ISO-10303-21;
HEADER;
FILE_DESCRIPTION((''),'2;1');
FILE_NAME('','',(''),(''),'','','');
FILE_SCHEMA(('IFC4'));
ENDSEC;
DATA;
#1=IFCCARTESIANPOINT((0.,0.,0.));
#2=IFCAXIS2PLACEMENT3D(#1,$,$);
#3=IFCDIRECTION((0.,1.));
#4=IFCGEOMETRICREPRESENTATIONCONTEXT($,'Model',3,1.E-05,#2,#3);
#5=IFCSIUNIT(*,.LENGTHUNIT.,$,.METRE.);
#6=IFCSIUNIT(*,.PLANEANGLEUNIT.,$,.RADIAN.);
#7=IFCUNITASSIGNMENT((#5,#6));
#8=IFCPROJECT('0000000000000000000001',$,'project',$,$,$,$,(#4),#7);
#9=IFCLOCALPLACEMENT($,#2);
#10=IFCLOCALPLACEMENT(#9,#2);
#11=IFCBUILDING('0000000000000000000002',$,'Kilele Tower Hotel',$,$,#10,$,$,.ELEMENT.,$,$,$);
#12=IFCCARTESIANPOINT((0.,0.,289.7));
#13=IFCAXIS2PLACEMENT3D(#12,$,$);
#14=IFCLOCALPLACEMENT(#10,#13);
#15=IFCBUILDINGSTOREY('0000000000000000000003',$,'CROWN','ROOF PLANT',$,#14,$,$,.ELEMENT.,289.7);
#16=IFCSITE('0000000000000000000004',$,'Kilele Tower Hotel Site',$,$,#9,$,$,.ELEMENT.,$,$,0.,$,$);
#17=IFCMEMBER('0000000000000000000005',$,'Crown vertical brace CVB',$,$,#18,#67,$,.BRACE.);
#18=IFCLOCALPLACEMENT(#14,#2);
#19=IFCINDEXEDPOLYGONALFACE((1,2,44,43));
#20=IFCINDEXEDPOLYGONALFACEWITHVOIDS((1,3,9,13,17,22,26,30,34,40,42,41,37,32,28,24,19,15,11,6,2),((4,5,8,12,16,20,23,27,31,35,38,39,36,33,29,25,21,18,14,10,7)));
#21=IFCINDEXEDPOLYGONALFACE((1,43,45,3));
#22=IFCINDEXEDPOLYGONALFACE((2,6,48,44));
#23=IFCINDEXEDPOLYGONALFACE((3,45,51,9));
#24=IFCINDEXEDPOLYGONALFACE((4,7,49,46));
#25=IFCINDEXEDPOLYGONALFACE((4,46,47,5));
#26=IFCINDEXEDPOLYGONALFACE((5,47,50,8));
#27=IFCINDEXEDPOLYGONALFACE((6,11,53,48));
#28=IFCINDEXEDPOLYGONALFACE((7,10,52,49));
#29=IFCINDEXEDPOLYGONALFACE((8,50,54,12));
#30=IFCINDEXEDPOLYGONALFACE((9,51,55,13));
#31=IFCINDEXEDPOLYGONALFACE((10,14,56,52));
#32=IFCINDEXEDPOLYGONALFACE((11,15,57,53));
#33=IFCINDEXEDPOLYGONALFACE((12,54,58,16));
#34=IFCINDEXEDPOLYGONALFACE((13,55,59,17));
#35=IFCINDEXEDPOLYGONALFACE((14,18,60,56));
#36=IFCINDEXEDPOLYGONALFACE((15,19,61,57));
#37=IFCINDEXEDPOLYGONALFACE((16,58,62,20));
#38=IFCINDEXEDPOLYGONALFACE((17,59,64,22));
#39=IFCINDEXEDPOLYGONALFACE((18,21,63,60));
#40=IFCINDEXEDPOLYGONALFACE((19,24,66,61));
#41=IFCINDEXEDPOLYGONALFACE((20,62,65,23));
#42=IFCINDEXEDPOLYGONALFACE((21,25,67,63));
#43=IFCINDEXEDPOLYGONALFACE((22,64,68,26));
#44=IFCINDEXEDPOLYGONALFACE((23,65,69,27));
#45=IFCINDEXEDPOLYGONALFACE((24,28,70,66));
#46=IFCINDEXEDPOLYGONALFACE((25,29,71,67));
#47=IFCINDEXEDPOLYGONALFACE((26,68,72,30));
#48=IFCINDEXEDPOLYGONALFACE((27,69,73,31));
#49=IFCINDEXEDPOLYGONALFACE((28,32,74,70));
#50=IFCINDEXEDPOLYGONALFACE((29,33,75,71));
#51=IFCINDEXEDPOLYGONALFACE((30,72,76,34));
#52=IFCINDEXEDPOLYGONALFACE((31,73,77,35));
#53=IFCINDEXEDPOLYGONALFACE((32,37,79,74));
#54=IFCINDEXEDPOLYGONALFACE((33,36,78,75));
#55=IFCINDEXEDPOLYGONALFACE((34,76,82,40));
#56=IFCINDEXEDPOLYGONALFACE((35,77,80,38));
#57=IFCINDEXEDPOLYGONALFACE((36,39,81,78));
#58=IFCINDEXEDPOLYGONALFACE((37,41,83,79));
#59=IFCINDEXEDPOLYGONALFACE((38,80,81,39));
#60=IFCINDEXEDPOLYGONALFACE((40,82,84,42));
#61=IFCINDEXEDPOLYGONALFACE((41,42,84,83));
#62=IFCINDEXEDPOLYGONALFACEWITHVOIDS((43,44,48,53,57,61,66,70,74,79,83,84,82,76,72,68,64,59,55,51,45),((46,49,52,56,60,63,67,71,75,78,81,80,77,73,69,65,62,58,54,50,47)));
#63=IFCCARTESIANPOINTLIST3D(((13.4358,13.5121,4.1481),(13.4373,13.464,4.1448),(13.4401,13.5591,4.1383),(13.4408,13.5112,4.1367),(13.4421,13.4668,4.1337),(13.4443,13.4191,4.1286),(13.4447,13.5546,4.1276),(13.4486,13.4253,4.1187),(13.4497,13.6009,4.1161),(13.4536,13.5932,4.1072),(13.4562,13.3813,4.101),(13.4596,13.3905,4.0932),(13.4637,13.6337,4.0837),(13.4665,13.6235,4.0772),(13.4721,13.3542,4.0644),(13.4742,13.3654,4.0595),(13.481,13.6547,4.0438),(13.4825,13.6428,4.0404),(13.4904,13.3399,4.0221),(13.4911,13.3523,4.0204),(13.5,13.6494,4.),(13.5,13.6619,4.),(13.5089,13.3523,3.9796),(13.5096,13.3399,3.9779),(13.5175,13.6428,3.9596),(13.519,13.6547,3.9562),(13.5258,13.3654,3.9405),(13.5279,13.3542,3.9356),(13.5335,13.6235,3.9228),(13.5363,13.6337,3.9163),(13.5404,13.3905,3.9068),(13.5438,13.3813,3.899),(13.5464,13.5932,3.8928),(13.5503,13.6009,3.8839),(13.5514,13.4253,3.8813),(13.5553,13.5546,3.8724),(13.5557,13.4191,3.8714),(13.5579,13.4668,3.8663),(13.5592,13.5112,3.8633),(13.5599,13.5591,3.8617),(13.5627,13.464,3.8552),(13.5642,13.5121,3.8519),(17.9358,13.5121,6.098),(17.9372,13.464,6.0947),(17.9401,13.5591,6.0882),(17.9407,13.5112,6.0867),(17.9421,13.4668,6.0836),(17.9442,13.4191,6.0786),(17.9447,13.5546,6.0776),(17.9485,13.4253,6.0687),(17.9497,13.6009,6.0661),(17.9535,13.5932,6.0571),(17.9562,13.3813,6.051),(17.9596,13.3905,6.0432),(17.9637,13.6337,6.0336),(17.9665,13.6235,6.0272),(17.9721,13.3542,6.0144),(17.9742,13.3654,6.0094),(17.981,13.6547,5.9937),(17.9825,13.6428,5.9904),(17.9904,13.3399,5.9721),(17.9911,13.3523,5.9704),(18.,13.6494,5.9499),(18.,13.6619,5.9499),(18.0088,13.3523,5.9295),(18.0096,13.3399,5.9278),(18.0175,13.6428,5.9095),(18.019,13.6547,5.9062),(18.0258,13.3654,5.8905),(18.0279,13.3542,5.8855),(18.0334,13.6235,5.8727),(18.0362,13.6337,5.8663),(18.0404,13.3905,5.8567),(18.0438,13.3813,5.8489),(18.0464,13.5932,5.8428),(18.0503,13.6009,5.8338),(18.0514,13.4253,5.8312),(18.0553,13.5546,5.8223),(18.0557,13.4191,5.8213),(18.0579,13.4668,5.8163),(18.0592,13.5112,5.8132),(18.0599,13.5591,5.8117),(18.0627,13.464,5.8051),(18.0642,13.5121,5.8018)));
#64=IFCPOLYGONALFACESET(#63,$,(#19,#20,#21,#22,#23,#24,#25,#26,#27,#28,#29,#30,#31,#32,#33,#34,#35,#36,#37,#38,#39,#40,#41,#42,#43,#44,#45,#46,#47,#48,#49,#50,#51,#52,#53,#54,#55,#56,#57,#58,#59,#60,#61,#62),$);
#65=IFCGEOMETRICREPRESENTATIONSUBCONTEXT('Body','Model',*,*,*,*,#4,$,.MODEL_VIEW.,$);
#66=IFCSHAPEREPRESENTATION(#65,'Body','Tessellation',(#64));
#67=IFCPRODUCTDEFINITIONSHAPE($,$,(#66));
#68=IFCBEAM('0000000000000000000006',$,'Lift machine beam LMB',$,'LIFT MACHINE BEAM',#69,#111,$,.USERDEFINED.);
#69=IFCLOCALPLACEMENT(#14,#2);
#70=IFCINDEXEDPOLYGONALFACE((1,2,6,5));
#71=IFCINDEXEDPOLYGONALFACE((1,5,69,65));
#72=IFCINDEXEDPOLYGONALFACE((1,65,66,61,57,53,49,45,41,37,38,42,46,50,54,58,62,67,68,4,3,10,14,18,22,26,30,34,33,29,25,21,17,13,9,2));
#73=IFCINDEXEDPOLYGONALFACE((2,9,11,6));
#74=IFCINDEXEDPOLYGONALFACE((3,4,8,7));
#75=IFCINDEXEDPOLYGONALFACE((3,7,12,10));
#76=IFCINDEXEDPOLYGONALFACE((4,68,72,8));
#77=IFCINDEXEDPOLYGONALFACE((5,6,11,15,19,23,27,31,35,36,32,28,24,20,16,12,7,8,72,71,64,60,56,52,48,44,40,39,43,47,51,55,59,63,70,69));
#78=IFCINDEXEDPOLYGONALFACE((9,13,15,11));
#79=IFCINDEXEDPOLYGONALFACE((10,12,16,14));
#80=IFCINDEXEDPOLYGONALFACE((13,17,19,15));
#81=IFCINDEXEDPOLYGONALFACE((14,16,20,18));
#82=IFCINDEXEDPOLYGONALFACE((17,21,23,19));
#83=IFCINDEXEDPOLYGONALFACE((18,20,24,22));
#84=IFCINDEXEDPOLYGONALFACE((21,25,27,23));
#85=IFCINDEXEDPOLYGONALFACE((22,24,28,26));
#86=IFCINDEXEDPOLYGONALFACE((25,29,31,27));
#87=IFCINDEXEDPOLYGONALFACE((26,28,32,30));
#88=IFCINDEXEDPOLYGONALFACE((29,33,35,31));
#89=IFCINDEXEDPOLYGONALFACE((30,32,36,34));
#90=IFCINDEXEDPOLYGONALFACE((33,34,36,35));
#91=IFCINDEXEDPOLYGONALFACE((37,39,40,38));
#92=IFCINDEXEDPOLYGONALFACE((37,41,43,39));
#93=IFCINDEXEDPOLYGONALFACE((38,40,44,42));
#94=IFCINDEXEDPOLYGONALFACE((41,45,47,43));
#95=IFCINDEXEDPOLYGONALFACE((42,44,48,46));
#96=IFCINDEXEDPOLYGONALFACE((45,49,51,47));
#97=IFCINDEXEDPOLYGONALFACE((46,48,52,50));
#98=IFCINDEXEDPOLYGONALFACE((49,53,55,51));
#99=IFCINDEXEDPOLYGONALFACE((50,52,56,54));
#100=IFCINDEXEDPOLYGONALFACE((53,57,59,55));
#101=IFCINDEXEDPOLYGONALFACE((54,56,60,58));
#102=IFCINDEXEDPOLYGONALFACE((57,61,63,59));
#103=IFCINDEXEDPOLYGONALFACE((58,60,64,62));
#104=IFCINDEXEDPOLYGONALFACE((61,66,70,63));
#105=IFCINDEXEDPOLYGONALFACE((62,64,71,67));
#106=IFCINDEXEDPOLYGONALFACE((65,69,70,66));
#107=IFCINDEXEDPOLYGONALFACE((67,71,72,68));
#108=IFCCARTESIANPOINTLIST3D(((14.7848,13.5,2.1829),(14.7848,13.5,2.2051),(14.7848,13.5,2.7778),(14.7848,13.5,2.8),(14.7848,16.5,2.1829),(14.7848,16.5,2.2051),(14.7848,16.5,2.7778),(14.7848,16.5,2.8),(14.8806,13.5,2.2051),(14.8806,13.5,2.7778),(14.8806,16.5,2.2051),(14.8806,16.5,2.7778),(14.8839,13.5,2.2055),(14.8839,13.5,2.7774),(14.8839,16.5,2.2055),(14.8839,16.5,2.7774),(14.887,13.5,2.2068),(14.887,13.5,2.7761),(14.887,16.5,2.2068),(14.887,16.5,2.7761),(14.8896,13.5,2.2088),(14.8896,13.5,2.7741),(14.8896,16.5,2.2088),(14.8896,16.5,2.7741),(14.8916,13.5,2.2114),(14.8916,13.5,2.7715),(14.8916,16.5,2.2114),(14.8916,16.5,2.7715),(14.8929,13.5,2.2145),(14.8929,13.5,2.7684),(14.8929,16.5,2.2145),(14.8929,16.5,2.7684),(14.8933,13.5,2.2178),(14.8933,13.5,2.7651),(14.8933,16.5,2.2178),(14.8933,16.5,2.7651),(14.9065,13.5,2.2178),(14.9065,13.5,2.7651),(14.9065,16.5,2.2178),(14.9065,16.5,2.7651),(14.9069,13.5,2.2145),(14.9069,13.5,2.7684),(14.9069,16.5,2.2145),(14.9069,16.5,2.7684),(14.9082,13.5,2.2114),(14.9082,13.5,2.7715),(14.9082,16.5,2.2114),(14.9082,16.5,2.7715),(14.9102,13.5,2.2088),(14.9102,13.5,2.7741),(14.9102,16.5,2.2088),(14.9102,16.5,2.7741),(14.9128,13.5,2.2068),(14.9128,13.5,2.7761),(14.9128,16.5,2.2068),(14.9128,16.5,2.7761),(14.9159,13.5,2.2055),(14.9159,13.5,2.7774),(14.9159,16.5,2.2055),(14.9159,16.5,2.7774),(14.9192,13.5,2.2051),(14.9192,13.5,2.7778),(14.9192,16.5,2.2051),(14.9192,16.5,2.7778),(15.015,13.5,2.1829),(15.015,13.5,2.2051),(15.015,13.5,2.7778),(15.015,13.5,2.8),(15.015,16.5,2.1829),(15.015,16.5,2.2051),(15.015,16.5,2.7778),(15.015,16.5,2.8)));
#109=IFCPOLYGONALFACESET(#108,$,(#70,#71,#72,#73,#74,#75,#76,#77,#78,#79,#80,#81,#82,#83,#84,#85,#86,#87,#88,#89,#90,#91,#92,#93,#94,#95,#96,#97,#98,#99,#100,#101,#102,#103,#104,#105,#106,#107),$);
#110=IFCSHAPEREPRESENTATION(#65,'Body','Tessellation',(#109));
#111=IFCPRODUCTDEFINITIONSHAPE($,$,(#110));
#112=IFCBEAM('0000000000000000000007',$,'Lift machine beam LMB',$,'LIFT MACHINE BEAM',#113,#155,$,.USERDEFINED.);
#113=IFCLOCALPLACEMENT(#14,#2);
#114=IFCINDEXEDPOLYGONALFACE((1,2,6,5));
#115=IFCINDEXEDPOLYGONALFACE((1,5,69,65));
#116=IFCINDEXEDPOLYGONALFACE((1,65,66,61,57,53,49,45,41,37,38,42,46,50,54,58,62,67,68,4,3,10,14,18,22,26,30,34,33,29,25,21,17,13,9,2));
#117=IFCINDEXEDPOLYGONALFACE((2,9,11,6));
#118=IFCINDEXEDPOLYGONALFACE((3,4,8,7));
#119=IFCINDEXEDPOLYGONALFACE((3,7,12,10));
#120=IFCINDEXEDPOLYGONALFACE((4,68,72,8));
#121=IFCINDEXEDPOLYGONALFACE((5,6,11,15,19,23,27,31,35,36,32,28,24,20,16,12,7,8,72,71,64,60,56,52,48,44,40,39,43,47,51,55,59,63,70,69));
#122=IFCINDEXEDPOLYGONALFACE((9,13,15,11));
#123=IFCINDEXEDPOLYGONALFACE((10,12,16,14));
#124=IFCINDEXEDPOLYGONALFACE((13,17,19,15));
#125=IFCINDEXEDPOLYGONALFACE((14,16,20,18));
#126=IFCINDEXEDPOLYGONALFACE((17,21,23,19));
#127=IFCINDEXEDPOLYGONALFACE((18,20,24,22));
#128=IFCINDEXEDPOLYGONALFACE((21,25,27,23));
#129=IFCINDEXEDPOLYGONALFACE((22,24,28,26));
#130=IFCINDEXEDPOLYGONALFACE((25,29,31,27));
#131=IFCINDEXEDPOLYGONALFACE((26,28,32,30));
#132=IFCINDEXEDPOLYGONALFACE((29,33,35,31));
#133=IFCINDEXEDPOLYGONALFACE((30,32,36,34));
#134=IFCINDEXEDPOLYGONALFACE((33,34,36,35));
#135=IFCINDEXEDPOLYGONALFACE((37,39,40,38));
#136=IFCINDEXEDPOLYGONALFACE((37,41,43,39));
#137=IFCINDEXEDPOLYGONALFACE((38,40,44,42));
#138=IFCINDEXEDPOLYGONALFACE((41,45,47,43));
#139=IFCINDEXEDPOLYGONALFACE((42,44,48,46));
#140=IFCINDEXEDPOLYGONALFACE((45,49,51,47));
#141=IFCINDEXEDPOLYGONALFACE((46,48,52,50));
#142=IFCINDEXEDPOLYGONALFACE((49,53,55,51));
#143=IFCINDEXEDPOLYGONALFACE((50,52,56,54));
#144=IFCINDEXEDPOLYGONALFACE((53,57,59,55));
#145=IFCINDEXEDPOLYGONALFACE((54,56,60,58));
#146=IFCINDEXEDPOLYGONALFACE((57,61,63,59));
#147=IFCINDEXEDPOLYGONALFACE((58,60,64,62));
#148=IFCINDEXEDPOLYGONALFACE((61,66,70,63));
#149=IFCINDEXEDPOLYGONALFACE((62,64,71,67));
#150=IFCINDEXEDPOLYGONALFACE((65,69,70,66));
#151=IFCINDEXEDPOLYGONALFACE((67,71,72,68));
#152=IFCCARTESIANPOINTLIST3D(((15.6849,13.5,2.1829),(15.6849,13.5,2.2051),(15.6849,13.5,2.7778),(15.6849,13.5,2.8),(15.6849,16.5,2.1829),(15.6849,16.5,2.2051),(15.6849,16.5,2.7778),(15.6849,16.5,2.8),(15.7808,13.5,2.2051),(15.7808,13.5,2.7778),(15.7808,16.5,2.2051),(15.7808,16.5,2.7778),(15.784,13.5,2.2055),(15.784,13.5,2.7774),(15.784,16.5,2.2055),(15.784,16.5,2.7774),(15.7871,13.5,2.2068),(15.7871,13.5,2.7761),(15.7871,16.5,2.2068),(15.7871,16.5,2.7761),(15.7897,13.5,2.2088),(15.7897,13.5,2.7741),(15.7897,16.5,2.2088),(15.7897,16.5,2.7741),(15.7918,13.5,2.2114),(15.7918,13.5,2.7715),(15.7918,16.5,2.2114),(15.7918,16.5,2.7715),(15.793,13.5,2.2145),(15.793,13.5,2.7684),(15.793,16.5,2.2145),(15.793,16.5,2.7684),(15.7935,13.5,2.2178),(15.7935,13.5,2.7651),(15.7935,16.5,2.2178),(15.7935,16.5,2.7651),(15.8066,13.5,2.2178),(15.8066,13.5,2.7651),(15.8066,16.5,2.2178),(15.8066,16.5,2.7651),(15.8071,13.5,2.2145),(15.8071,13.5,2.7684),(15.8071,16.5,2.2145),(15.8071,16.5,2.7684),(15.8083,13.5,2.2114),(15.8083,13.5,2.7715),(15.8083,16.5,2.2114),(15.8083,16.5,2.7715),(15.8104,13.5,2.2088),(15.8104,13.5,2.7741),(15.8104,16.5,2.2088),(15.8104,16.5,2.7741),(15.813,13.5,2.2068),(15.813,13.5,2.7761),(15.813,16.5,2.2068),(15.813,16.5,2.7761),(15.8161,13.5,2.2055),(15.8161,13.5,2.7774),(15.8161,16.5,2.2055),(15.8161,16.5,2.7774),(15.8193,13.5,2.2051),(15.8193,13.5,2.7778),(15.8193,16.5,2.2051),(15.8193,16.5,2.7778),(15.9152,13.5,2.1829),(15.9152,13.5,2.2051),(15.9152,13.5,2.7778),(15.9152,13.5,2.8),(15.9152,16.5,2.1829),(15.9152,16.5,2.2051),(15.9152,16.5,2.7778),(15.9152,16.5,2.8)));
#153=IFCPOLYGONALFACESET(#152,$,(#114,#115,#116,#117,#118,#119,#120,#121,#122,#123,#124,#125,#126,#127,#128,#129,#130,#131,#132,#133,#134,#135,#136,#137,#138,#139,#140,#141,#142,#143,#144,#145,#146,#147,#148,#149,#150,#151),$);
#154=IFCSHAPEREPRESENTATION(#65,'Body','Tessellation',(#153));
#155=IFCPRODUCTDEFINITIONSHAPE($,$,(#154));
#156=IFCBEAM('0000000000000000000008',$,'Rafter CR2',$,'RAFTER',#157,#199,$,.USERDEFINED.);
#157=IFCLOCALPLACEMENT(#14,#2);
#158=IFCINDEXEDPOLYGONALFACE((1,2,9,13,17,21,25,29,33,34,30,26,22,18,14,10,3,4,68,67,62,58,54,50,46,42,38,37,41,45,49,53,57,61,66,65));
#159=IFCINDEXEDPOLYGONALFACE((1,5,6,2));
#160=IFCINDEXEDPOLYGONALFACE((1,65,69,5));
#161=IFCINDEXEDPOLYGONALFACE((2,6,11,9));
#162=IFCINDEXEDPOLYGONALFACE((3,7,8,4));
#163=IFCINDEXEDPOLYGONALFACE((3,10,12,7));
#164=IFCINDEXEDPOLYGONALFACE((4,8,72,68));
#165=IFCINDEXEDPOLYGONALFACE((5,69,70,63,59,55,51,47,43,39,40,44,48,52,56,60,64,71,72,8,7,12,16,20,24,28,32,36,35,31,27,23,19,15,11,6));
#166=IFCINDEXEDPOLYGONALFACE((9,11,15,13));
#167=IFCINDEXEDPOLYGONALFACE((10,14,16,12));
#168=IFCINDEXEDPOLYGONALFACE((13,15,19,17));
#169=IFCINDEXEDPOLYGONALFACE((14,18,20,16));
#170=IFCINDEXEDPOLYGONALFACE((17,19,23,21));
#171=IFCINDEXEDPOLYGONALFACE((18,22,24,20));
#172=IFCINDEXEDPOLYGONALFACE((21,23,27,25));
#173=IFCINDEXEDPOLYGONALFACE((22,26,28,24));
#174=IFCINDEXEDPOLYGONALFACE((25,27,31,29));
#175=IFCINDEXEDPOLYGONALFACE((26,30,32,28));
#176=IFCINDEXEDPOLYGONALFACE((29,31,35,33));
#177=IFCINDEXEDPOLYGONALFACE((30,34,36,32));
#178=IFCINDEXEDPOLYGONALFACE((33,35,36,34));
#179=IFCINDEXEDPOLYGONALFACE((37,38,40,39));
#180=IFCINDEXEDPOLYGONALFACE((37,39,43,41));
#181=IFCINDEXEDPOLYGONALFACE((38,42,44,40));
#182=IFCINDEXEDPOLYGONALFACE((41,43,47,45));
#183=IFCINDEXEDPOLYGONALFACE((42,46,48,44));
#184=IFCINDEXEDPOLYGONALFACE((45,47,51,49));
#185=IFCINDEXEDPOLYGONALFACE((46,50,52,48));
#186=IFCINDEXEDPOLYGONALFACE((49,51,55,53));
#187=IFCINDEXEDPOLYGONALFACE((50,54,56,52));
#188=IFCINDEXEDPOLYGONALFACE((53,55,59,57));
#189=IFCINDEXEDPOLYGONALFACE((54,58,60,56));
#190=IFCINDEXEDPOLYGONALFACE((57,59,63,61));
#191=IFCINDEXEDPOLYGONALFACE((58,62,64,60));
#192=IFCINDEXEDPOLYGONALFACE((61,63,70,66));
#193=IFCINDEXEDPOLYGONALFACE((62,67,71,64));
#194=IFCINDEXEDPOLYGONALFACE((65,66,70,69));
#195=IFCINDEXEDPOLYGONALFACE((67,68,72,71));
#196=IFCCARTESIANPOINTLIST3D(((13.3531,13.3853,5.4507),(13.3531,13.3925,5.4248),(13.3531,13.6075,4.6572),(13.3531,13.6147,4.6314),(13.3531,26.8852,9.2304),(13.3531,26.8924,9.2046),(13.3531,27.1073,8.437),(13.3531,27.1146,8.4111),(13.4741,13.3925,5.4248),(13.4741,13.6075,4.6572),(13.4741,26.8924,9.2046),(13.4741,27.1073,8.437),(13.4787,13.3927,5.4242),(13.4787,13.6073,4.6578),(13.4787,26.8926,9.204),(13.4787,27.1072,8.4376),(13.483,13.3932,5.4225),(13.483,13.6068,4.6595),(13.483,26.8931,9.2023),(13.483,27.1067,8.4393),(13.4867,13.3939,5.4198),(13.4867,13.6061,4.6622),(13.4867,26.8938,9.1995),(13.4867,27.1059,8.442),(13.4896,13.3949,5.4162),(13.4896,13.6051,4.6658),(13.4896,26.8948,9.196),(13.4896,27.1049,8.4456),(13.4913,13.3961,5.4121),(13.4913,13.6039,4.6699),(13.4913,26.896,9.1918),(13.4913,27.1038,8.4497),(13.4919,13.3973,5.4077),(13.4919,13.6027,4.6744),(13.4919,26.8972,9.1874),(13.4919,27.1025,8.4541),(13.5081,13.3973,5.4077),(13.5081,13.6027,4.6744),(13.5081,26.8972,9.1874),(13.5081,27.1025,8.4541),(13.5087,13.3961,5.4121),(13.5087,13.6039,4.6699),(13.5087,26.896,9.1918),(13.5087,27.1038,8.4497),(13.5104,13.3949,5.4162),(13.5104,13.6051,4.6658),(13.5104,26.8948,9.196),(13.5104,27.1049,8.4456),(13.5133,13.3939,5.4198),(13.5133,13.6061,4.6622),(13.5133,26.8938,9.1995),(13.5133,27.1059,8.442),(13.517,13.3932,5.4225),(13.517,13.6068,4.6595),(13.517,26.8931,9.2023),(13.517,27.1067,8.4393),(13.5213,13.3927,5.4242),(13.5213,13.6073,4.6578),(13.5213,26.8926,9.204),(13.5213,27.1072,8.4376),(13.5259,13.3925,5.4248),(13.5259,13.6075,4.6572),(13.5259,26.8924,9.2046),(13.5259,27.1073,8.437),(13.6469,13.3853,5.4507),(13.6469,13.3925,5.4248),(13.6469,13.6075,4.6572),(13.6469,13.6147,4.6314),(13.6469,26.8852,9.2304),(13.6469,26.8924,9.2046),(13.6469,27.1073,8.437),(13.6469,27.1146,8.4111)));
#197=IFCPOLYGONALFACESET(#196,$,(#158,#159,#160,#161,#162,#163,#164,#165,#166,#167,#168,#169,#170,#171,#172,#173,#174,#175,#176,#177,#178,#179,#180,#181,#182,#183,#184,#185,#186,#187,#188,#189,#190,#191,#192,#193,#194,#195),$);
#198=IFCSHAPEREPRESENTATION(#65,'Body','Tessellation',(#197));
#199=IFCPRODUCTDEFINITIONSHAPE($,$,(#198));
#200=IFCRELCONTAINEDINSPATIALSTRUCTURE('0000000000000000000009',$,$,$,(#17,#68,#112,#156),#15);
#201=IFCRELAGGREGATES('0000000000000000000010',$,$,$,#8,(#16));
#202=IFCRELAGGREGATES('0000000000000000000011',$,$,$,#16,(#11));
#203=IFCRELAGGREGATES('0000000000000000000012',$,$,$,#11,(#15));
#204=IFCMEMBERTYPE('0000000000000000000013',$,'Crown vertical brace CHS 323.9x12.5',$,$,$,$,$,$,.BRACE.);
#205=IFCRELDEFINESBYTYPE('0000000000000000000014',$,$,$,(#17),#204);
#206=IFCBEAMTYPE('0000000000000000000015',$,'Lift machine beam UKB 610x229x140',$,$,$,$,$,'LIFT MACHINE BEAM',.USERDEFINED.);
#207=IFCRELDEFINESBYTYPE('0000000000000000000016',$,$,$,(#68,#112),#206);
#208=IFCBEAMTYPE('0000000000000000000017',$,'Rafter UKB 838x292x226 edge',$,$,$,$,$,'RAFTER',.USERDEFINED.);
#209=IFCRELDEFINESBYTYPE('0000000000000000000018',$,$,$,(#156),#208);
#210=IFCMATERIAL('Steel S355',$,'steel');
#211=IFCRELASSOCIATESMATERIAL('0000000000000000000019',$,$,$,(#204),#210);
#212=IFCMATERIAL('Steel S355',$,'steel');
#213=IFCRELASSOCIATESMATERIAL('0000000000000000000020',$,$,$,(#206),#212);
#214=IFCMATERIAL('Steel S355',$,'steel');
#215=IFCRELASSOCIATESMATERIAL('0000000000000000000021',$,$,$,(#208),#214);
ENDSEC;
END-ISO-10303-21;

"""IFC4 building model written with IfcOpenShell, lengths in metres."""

from ifc_helpers import new_model, si_unit, direction, frame, origin, origin_2d, place, context, subcontext, project, spatial, hollow_circle, i_section, extrude, material, material_profile, profile_set, type_object, element, save


model = new_model("IFC4")

# Units and contexts
model_context = context("Model", 3, precision=1e-05, world=origin(), true_north=direction((0.0, 1.0)))
body_context = subcontext(model_context, "Body", "Model", "MODEL_VIEW")
ifc_project = project(units=[si_unit("LENGTHUNIT", "METRE"), si_unit("PLANEANGLEUNIT", "RADIAN")], contexts=[model_context])

# Site, building, storey
site_placement = place(None, origin())
site = spatial("IfcSite", under=ifc_project, at=site_placement, Name="Kilele Tower Hotel Site", CompositionType="ELEMENT", RefElevation=0.0)
building_placement = place(site_placement, origin())
building = spatial("IfcBuilding", under=site, at=building_placement, Name="Kilele Tower Hotel", CompositionType="ELEMENT")
storey_placement = place(building_placement, frame((0.0, 0.0, 289.7)))
storey = spatial("IfcBuildingStorey", under=building, at=storey_placement, Name="CROWN", Description="ROOF PLANT", CompositionType="ELEMENT", Elevation=289.7)

# Member
ifc_material_1 = material(Name="Steel S355", Category="steel")
ifc_material_profile_1 = material_profile(ifc_material_1, hollow_circle(Radius=0.1619, WallThickness=0.0125, at=origin_2d()))
ifc_profile_set_1 = profile_set([ifc_material_profile_1], Name="Steel S355")
member_type_1 = type_object("IfcMemberType", Name="Crown vertical brace CHS 323.9x12.5", PredefinedType="BRACE", material=ifc_profile_set_1)
member_1_placement = place(storey_placement, frame((13.5, 13.5, 4.0), z_axis=(0.917559, 0.0, 0.397599), x_axis=(0.0, 1.0, 0.0)))
element("IfcMember", 1, at=member_1_placement, inside=storey, type_object=member_type_1, Name="Crown vertical brace CVB", PredefinedType="BRACE", context=body_context, shape_type="SweptSolid", body=[
    extrude(hollow_circle(Radius=0.1619, WallThickness=0.0125, at=origin_2d()), origin(), (0.0, 0.0, 1.0), 4.9043),
])

# Beams
ifc_material_2 = material(Name="Steel S355", Category="steel")
ifc_material_profile_2 = material_profile(ifc_material_2, i_section(OverallWidth=0.2302, OverallDepth=0.6172, WebThickness=0.0132, FlangeThickness=0.0222, FilletRadius=0.0127, at=origin_2d()))
ifc_profile_set_2 = profile_set([ifc_material_profile_2], Name="Steel S355")
beam_type_1 = type_object("IfcBeamType", Name="Lift machine beam UKB 610x229x140", ElementType="LIFT MACHINE BEAM", PredefinedType="USERDEFINED", material=ifc_profile_set_2)
for number, where, z_axis, x_axis, name in (
    (2, (14.8999, 13.5, 2.4915), (0.0, 1.0, 0.0), (-1.0, 0.0, 0.0), "Lift machine beam LMB"),
    (3, (15.8, 13.5, 2.4915), (0.0, 1.0, 0.0), (-1.0, 0.0, 0.0), "Lift machine beam LMB"),
):
    element("IfcBeam", number, at=place(storey_placement, frame(where, z_axis=z_axis, x_axis=x_axis)), inside=storey, type_object=beam_type_1, Name=name, ObjectType="LIFT MACHINE BEAM", PredefinedType="USERDEFINED", context=body_context, shape_type="SweptSolid", body=[
        extrude(i_section(OverallWidth=0.2302, OverallDepth=0.6172, WebThickness=0.0132, FlangeThickness=0.0222, FilletRadius=0.0127, at=origin_2d()), origin(), (0.0, 0.0, 1.0), 3.0),
    ])
ifc_material_3 = material(Name="Steel S355", Category="steel")
ifc_material_profile_3 = material_profile(ifc_material_3, i_section(OverallWidth=0.2937, OverallDepth=0.8508, WebThickness=0.0161, FlangeThickness=0.0269, FilletRadius=0.0178, at=origin_2d()))
ifc_profile_set_3 = profile_set([ifc_material_profile_3], Name="Steel S355")
beam_type_2 = type_object("IfcBeamType", Name="Rafter UKB 838x292x226 edge", ElementType="RAFTER", PredefinedType="USERDEFINED", material=ifc_profile_set_3)
beam_1_placement = place(storey_placement, frame((13.5, 13.5, 5.041), z_axis=(0.0, 0.962968, 0.269616), x_axis=(-1.0, 0.0, 0.0)))
element("IfcBeam", 4, at=beam_1_placement, inside=storey, type_object=beam_type_2, Name="Rafter CR2", ObjectType="RAFTER", PredefinedType="USERDEFINED", context=body_context, shape_type="SweptSolid", body=[
    extrude(i_section(OverallWidth=0.2937, OverallDepth=0.8508, WebThickness=0.0161, FlangeThickness=0.0269, FilletRadius=0.0178, at=origin_2d()), origin(), (0.0, 0.0, 1.0), 14.019),
])

save(model, "model.ifc")
